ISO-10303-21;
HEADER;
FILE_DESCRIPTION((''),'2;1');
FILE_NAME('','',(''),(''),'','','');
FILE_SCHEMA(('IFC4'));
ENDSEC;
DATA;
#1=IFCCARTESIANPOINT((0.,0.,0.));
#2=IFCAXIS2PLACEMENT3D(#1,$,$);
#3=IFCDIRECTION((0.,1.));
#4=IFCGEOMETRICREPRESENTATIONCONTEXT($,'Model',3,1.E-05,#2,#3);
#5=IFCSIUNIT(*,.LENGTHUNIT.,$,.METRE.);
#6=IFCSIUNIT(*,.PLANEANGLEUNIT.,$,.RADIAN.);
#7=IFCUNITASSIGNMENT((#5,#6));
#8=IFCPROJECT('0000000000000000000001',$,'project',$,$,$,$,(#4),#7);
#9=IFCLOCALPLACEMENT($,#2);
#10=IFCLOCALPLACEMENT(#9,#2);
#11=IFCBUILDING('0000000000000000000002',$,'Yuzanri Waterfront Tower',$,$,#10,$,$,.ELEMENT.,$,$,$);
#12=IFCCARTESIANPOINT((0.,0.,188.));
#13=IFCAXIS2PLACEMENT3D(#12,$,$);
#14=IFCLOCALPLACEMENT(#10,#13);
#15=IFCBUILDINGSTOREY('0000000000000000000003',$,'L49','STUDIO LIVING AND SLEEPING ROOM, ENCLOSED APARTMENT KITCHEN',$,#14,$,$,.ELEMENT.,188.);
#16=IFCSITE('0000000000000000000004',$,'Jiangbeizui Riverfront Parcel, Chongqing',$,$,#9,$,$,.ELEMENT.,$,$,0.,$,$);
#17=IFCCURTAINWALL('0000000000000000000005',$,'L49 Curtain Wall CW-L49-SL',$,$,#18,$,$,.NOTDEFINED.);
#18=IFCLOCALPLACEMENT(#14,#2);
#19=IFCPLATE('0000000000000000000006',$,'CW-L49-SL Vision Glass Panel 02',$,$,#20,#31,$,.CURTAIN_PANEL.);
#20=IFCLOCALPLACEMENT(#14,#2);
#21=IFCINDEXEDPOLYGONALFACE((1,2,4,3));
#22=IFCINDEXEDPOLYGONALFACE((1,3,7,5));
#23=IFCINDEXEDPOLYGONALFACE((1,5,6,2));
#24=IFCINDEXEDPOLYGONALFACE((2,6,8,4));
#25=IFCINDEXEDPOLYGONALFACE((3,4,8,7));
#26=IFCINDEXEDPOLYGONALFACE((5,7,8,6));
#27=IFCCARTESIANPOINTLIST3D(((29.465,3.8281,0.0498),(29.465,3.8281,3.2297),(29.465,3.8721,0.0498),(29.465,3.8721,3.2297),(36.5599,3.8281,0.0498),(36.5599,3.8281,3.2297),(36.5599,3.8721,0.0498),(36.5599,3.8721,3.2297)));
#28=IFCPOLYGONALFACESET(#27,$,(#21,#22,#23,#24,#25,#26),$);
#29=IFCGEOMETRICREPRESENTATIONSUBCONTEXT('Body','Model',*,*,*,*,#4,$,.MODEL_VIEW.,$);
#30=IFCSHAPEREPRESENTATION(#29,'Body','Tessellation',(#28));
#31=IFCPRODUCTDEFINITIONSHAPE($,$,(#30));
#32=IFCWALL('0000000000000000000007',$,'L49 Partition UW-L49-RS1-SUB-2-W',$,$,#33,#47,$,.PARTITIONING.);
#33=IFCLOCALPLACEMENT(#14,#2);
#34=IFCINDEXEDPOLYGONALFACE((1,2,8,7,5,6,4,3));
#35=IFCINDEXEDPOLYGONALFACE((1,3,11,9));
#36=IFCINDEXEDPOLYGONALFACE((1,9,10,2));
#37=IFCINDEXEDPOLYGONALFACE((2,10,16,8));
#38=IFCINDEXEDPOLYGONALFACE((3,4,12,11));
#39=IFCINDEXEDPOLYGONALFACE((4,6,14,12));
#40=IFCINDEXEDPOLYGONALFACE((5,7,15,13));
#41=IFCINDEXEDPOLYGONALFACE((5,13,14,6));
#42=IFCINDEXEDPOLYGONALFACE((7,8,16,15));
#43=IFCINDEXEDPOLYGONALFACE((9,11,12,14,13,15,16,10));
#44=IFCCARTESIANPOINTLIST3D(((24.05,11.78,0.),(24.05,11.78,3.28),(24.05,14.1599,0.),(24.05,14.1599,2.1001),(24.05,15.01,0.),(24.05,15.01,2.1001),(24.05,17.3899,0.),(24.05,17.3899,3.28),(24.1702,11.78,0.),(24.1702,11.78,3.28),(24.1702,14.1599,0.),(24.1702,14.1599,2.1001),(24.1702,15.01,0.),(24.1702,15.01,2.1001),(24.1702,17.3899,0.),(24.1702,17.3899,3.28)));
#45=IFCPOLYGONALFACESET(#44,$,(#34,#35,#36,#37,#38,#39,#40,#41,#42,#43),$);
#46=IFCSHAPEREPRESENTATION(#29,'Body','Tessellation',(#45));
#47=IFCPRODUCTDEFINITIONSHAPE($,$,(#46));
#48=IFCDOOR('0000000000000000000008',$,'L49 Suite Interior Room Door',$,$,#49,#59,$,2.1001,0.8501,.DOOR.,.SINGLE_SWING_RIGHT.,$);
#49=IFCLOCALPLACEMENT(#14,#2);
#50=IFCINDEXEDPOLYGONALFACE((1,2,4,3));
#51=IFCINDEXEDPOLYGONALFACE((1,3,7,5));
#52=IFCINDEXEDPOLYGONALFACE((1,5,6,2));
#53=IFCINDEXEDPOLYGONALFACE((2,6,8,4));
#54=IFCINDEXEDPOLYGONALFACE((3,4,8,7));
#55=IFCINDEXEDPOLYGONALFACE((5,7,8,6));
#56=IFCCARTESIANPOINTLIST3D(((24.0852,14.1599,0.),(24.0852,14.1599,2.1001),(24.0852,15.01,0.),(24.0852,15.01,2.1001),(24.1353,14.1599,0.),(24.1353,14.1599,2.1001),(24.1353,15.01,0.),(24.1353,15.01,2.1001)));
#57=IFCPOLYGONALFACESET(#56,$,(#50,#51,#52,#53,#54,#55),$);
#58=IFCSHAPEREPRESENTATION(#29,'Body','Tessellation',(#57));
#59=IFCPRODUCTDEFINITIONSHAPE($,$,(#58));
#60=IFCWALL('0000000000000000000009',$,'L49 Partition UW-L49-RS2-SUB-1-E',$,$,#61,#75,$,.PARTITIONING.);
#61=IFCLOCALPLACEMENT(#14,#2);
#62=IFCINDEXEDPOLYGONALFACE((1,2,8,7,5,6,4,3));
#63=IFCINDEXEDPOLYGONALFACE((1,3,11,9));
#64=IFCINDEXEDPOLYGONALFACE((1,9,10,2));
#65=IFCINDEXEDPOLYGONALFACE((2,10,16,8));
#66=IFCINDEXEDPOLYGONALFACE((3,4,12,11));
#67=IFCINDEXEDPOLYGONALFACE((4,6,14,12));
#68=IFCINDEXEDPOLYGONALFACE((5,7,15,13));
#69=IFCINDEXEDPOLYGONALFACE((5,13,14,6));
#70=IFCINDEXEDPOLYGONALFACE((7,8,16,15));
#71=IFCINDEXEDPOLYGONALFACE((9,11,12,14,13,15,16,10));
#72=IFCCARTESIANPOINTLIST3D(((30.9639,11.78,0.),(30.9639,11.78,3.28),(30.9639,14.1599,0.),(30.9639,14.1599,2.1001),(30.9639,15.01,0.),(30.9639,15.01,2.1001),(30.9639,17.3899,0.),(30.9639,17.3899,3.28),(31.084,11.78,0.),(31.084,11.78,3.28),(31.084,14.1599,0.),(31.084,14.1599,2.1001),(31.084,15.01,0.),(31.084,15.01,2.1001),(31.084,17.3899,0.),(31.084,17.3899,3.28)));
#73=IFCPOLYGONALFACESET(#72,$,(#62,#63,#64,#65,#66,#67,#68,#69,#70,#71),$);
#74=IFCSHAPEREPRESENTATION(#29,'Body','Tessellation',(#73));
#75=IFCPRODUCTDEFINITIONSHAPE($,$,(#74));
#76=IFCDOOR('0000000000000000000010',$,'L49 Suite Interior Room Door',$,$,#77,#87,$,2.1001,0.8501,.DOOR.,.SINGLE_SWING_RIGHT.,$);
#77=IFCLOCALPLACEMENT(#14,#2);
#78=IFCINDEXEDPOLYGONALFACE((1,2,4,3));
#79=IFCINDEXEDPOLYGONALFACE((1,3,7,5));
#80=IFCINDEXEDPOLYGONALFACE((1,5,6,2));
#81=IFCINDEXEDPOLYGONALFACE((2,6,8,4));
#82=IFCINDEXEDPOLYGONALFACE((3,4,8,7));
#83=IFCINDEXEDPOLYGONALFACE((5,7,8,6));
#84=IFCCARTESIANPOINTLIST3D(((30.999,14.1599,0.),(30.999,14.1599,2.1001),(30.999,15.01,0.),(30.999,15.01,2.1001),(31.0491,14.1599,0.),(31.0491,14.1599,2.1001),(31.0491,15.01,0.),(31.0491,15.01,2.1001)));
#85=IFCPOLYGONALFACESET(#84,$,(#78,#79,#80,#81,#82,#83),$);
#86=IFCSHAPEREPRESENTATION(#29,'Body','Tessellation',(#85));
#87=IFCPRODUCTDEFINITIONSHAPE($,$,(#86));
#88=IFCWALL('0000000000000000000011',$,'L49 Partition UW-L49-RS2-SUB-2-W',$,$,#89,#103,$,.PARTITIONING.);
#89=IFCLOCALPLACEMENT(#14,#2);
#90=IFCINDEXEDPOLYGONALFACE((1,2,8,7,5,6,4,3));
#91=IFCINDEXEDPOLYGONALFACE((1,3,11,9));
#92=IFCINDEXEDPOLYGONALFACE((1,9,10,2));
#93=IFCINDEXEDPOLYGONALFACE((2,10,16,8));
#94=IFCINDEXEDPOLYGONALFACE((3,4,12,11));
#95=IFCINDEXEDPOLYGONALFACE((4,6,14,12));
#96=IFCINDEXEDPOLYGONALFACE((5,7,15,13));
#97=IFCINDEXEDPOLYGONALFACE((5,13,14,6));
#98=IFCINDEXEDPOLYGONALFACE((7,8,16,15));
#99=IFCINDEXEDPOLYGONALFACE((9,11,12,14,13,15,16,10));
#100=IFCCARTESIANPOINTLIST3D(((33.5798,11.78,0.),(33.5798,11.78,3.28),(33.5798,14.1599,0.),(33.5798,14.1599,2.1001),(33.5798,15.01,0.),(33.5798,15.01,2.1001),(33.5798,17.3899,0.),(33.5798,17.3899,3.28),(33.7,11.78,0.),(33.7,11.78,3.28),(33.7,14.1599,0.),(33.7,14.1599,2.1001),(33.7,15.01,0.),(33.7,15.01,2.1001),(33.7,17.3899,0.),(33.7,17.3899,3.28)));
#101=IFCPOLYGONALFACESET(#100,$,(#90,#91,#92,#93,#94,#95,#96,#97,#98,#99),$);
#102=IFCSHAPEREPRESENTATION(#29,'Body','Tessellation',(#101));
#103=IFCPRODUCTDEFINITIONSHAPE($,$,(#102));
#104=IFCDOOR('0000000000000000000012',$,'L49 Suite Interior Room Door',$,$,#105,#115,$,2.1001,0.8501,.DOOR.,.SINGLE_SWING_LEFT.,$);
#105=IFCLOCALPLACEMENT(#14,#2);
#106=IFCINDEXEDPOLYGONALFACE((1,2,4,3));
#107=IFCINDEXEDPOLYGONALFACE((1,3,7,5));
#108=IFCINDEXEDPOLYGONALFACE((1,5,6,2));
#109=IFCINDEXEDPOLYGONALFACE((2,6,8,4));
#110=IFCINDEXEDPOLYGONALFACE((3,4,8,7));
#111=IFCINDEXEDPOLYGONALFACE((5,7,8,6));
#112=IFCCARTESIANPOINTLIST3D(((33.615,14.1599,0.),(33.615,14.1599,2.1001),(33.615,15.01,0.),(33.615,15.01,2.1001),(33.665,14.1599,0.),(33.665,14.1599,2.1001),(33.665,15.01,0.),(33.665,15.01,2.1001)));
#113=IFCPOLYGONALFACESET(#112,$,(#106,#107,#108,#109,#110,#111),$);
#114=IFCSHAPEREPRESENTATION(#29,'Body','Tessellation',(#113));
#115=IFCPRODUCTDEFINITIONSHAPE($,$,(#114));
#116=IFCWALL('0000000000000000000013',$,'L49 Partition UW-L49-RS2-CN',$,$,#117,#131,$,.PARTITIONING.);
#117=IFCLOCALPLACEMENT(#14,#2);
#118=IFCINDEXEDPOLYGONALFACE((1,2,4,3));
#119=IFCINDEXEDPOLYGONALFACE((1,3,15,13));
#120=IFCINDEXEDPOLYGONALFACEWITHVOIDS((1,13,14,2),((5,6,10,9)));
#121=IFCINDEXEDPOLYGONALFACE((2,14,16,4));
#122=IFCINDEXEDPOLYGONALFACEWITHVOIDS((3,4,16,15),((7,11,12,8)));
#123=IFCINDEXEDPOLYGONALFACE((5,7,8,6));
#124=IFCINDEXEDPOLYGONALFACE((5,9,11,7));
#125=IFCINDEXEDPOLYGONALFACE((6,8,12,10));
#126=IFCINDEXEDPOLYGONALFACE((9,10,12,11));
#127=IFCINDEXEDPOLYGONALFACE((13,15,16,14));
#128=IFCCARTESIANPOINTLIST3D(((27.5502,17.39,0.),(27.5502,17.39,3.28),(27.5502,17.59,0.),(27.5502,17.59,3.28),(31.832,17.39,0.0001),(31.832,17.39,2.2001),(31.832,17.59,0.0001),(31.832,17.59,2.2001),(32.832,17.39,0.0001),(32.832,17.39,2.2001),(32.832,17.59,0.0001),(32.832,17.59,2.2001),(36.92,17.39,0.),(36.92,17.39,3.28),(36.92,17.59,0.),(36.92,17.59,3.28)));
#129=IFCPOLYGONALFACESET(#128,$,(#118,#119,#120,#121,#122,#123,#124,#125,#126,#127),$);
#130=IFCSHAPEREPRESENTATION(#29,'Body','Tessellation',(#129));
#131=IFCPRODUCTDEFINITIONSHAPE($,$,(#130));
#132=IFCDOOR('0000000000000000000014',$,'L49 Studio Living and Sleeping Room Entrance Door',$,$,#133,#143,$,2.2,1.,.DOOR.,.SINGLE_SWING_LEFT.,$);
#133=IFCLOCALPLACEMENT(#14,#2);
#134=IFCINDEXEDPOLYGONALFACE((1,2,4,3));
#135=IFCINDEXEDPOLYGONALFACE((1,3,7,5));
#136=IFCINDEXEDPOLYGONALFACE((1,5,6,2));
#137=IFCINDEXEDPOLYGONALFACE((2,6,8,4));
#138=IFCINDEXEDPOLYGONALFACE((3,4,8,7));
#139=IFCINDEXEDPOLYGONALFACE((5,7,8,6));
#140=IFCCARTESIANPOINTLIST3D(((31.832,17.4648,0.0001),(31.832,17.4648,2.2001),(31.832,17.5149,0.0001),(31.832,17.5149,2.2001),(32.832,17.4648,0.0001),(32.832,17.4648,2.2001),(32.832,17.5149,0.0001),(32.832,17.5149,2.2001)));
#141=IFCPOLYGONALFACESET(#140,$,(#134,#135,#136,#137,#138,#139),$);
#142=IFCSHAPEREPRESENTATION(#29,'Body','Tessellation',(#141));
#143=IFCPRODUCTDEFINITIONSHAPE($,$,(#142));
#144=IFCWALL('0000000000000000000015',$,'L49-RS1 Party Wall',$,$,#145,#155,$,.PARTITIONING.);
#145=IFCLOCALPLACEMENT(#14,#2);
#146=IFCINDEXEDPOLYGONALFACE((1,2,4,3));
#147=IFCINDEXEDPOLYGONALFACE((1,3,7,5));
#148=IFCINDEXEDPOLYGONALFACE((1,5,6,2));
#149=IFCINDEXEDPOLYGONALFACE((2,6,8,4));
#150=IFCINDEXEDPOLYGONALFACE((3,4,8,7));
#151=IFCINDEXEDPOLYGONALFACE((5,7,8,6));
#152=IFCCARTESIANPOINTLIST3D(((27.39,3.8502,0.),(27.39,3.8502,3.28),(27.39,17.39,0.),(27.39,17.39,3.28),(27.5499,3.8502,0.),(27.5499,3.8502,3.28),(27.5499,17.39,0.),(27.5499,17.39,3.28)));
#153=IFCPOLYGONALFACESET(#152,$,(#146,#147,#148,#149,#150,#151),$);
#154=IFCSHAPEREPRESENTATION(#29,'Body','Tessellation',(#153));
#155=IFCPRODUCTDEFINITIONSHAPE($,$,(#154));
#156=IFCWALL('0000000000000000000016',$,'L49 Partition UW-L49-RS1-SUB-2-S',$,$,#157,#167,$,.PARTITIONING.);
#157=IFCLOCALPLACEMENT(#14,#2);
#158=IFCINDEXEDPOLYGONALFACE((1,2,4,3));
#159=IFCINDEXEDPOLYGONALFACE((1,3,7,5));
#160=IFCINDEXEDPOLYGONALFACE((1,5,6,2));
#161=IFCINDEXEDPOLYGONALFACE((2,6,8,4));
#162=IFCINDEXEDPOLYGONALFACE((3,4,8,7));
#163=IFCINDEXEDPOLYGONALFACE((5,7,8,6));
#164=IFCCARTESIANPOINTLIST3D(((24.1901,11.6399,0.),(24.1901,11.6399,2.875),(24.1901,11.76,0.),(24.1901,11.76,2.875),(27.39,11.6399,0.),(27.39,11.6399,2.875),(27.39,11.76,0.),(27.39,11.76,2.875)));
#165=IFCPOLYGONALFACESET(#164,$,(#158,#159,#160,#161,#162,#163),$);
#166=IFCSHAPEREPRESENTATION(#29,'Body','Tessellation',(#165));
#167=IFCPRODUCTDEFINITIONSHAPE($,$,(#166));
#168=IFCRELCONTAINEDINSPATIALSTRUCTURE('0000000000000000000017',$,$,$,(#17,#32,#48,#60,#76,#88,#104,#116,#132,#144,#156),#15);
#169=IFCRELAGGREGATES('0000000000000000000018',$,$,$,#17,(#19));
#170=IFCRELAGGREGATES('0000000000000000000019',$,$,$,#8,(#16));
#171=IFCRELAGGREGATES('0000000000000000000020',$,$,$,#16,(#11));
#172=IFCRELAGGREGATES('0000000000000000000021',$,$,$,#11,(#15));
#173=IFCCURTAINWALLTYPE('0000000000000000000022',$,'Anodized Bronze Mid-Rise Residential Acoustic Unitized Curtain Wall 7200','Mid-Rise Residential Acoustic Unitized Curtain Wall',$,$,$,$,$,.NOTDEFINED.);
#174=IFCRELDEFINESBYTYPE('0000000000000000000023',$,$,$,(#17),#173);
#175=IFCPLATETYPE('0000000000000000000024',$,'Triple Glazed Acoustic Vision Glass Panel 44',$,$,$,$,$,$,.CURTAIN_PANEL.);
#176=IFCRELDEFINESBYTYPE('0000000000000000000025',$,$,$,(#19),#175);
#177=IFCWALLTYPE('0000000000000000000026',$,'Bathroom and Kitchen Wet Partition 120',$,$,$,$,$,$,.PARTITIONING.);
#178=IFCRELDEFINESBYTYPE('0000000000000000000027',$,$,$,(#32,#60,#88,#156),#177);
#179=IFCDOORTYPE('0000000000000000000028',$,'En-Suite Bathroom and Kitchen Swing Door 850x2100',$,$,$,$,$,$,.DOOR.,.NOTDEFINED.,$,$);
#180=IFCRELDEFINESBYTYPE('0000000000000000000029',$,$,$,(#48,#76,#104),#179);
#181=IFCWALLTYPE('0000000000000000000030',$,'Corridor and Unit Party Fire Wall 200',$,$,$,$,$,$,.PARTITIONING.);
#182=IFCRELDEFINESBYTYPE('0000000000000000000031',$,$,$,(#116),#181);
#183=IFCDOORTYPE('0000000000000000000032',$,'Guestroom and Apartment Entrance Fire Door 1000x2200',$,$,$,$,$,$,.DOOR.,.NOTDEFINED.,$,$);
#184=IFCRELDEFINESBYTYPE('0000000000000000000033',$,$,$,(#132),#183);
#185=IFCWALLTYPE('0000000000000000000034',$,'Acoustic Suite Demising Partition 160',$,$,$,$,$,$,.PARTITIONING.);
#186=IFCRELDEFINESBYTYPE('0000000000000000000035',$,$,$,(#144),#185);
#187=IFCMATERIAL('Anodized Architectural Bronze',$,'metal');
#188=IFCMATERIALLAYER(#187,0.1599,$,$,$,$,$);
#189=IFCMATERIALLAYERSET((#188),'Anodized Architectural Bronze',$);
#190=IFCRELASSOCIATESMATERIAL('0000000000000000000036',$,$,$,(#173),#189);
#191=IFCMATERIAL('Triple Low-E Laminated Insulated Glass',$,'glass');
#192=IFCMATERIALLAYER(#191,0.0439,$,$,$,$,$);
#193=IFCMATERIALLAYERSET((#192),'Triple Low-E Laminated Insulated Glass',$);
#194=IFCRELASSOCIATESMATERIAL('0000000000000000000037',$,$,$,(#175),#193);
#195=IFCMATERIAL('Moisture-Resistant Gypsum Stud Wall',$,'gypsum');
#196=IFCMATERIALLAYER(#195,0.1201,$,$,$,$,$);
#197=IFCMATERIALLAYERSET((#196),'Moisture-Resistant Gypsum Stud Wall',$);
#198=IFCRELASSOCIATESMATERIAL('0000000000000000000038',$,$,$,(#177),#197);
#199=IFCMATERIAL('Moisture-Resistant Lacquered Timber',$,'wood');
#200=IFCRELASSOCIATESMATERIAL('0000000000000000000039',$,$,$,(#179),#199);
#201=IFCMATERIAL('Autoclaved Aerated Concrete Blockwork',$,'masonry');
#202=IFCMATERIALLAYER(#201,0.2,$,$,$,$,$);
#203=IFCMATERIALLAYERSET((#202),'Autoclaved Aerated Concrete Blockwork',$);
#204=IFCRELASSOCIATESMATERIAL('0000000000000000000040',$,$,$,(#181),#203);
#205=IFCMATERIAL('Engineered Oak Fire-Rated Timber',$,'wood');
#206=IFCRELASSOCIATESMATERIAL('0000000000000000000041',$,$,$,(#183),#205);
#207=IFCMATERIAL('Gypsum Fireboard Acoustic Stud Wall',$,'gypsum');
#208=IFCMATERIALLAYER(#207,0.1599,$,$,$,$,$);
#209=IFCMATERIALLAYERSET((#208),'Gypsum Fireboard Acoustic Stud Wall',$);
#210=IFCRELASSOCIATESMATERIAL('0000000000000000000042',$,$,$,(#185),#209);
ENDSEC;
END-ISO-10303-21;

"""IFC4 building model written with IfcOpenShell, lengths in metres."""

from ifc_helpers import new_model, si_unit, direction, frame, frame_2d, origin, origin_2d, place, context, subcontext, project, spatial, rectangle, extrude, source, transform, mapped, material, layer, layer_set, type_object, element, fill, aggregate, save


model = new_model("IFC4")

# Units and contexts
model_context = context("Model", 3, precision=1e-05, world=origin(), true_north=direction((0.0, 1.0)))
body_context = subcontext(model_context, "Body", "Model", "MODEL_VIEW")
ifc_project = project(units=[si_unit("LENGTHUNIT", "METRE"), si_unit("PLANEANGLEUNIT", "RADIAN")], contexts=[model_context])

# Site, building, storey
site_placement = place(None, origin())
site = spatial("IfcSite", under=ifc_project, at=site_placement, Name="Jiangbeizui Riverfront Parcel, Chongqing", CompositionType="ELEMENT", RefElevation=0.0)
building_placement = place(site_placement, origin())
building = spatial("IfcBuilding", under=site, at=building_placement, Name="Yuzanri Waterfront Tower", CompositionType="ELEMENT")
storey_placement = place(building_placement, frame((0.0, 0.0, 188.0)))
storey = spatial("IfcBuildingStorey", under=building, at=storey_placement, Name="L49", Description="STUDIO LIVING AND SLEEPING ROOM, ENCLOSED APARTMENT KITCHEN", CompositionType="ELEMENT", Elevation=188.0)

# Curtain wall, plate
ifc_material_1 = material(Name="Anodized Architectural Bronze", Category="metal")
ifc_layer_1 = layer(ifc_material_1, 0.1599)
ifc_layer_set_1 = layer_set([ifc_layer_1], Name="Anodized Architectural Bronze")
curtain_wall_type = type_object("IfcCurtainWallType", Name="Anodized Bronze Mid-Rise Residential Acoustic Unitized Curtain Wall 7200", Description="Mid-Rise Residential Acoustic Unitized Curtain Wall", PredefinedType="NOTDEFINED", material=ifc_layer_set_1)
curtain_wall_placement = place(storey_placement, origin())
curtain_wall = element("IfcCurtainWall", 1, at=curtain_wall_placement, inside=storey, type_object=curtain_wall_type, Name="L49 Curtain Wall CW-L49-SL", PredefinedType="NOTDEFINED")
ifc_material_2 = material(Name="Triple Low-E Laminated Insulated Glass", Category="glass")
ifc_layer_2 = layer(ifc_material_2, 0.0439)
ifc_layer_set_2 = layer_set([ifc_layer_2], Name="Triple Low-E Laminated Insulated Glass")
plate_type = type_object("IfcPlateType", Name="Triple Glazed Acoustic Vision Glass Panel 44", PredefinedType="CURTAIN_PANEL", material=ifc_layer_set_2)
shared_shape_1 = source(origin(), body_context, "Body", "SweptSolid", [
    extrude(rectangle(XDim=7.095, YDim=0.0439, at=origin_2d()), origin(), (0.0, 0.0, 1.0), 3.1799),
])
plate_1_placement = place(storey_placement, frame((33.0125, 3.8501, 0.0498), z_axis=(0.0, 0.0, 1.0), x_axis=(1.0, 0.0, 0.0)))
plate_1 = element("IfcPlate", 2, at=plate_1_placement, type_object=plate_type, Name="CW-L49-SL Vision Glass Panel 02", PredefinedType="CURTAIN_PANEL", context=body_context, shape_type="MappedRepresentation", body=[
    mapped(shared_shape_1, transform((0.0, 0.0, 0.0), scale=1.0)),
])
aggregate(curtain_wall, [plate_1])

# Walls, openings, doors
ifc_material_3 = material(Name="Moisture-Resistant Gypsum Stud Wall", Category="gypsum")
ifc_layer_3 = layer(ifc_material_3, 0.1201)
ifc_layer_set_3 = layer_set([ifc_layer_3], Name="Moisture-Resistant Gypsum Stud Wall")
wall_type_1 = type_object("IfcWallType", Name="Bathroom and Kitchen Wet Partition 120", PredefinedType="PARTITIONING", material=ifc_layer_set_3)
wall_1_placement = place(storey_placement, frame((24.1101, 11.78, 0.0), z_axis=(0.0, 0.0, 1.0), x_axis=(0.0, 1.0, 0.0)))
wall_1 = element("IfcWall", 3, at=wall_1_placement, inside=storey, type_object=wall_type_1, Name="L49 Partition UW-L49-RS1-SUB-2-W", PredefinedType="PARTITIONING", context=body_context, shape_type="SweptSolid", body=[
    extrude(rectangle(XDim=5.6099, YDim=0.1201, at=frame_2d((2.8049, 0.0))), origin(), (0.0, 0.0, 1.0), 3.28),
])
opening_1_placement = place(wall_1_placement, frame((2.3799, 0.0, 0.0)))
opening_1 = element("IfcOpeningElement", 4, at=opening_1_placement, cuts=wall_1, PredefinedType="OPENING", context=body_context, shape_type="SweptSolid", body=[
    extrude(rectangle(XDim=0.8501, YDim=2.1001, at=frame_2d((0.425, 1.05))), frame((0.0, 0.075, 0.0), z_axis=(0.0, -1.0, 0.0), x_axis=(1.0, 0.0, 0.0)), (0.0, 0.0, 1.0), 0.1499),
])
ifc_material_4 = material(Name="Moisture-Resistant Lacquered Timber", Category="wood")
door_type_1 = type_object("IfcDoorType", Name="En-Suite Bathroom and Kitchen Swing Door 850x2100", OperationType="NOTDEFINED", PredefinedType="DOOR", material=ifc_material_4)
shared_shape_2 = source(origin(), body_context, "Body", "SweptSolid", [
    extrude(rectangle(XDim=0.8501, YDim=2.1001, at=frame_2d((0.425, 1.05))), frame((0.0, 0.0249, 0.0), z_axis=(0.0, -1.0, 0.0), x_axis=(1.0, 0.0, 0.0)), (0.0, 0.0, 1.0), 0.05),
])
door_1_placement = place(opening_1_placement, origin())
door_1 = element("IfcDoor", 5, at=door_1_placement, inside=storey, type_object=door_type_1, Name="L49 Suite Interior Room Door", OperationType="SINGLE_SWING_RIGHT", OverallHeight=2.1001, OverallWidth=0.8501, PredefinedType="DOOR", context=body_context, shape_type="MappedRepresentation", body=[
    mapped(shared_shape_2, transform((0.0, 0.0, 0.0), scale=1.0)),
])
fill(opening_1, door_1)
wall_2_placement = place(storey_placement, frame((31.0239, 11.78, 0.0), z_axis=(0.0, 0.0, 1.0), x_axis=(0.0, 1.0, 0.0)))
wall_2 = element("IfcWall", 6, at=wall_2_placement, inside=storey, type_object=wall_type_1, Name="L49 Partition UW-L49-RS2-SUB-1-E", PredefinedType="PARTITIONING", context=body_context, shape_type="SweptSolid", body=[
    extrude(rectangle(XDim=5.6099, YDim=0.1201, at=frame_2d((2.8049, 0.0))), origin(), (0.0, 0.0, 1.0), 3.28),
])
opening_2_placement = place(wall_2_placement, frame((2.3799, 0.0, 0.0)))
opening_2 = element("IfcOpeningElement", 7, at=opening_2_placement, cuts=wall_2, PredefinedType="OPENING", context=body_context, shape_type="SweptSolid", body=[
    extrude(rectangle(XDim=0.8501, YDim=2.1001, at=frame_2d((0.425, 1.05))), frame((0.0, 0.075, 0.0), z_axis=(0.0, -1.0, 0.0), x_axis=(1.0, 0.0, 0.0)), (0.0, 0.0, 1.0), 0.1499),
])
door_2_placement = place(opening_2_placement, origin())
door_2 = element("IfcDoor", 8, at=door_2_placement, inside=storey, type_object=door_type_1, Name="L49 Suite Interior Room Door", OperationType="SINGLE_SWING_RIGHT", OverallHeight=2.1001, OverallWidth=0.8501, PredefinedType="DOOR", context=body_context, shape_type="MappedRepresentation", body=[
    mapped(shared_shape_2, transform((0.0, 0.0, 0.0), scale=1.0)),
])
fill(opening_2, door_2)
wall_3_placement = place(storey_placement, frame((33.6399, 11.78, 0.0), z_axis=(0.0, 0.0, 1.0), x_axis=(0.0, 1.0, 0.0)))
wall_3 = element("IfcWall", 9, at=wall_3_placement, inside=storey, type_object=wall_type_1, Name="L49 Partition UW-L49-RS2-SUB-2-W", PredefinedType="PARTITIONING", context=body_context, shape_type="SweptSolid", body=[
    extrude(rectangle(XDim=5.6099, YDim=0.1201, at=frame_2d((2.8049, 0.0))), origin(), (0.0, 0.0, 1.0), 3.28),
])
opening_3_placement = place(wall_3_placement, frame((2.3799, 0.0, 0.0)))
opening_3 = element("IfcOpeningElement", 10, at=opening_3_placement, cuts=wall_3, PredefinedType="OPENING", context=body_context, shape_type="SweptSolid", body=[
    extrude(rectangle(XDim=0.8501, YDim=2.1001, at=frame_2d((0.425, 1.05))), frame((0.0, 0.075, 0.0), z_axis=(0.0, -1.0, 0.0), x_axis=(1.0, 0.0, 0.0)), (0.0, 0.0, 1.0), 0.1499),
])
door_3_placement = place(opening_3_placement, origin())
door_3 = element("IfcDoor", 11, at=door_3_placement, inside=storey, type_object=door_type_1, Name="L49 Suite Interior Room Door", OperationType="SINGLE_SWING_LEFT", OverallHeight=2.1001, OverallWidth=0.8501, PredefinedType="DOOR", context=body_context, shape_type="MappedRepresentation", body=[
    mapped(shared_shape_2, transform((0.0, 0.0, 0.0), scale=1.0)),
])
fill(opening_3, door_3)
ifc_material_5 = material(Name="Autoclaved Aerated Concrete Blockwork", Category="masonry")
ifc_layer_4 = layer(ifc_material_5, 0.2)
ifc_layer_set_4 = layer_set([ifc_layer_4], Name="Autoclaved Aerated Concrete Blockwork")
wall_type_2 = type_object("IfcWallType", Name="Corridor and Unit Party Fire Wall 200", PredefinedType="PARTITIONING", material=ifc_layer_set_4)
wall_4_placement = place(storey_placement, frame((27.55, 17.49, 0.0), z_axis=(0.0, 0.0, 1.0), x_axis=(1.0, 0.0, 0.0)))
wall_4 = element("IfcWall", 12, at=wall_4_placement, inside=storey, type_object=wall_type_2, Name="L49 Partition UW-L49-RS2-CN", PredefinedType="PARTITIONING", context=body_context, shape_type="SweptSolid", body=[
    extrude(rectangle(XDim=9.3699, YDim=0.2, at=frame_2d((4.6851, 0.0))), origin(), (0.0, 0.0, 1.0), 3.28),
])
opening_4_placement = place(wall_4_placement, frame((4.282, 0.0, 0.0)))
opening_4 = element("IfcOpeningElement", 13, at=opening_4_placement, cuts=wall_4, PredefinedType="OPENING", context=body_context, shape_type="SweptSolid", body=[
    extrude(rectangle(XDim=1.0, YDim=2.2, at=frame_2d((0.5, 1.1001))), frame((0.0, 0.1147, 0.0), z_axis=(0.0, -1.0, 0.0), x_axis=(1.0, 0.0, 0.0)), (0.0, 0.0, 1.0), 0.2297),
])
ifc_material_6 = material(Name="Engineered Oak Fire-Rated Timber", Category="wood")
door_type_2 = type_object("IfcDoorType", Name="Guestroom and Apartment Entrance Fire Door 1000x2200", OperationType="NOTDEFINED", PredefinedType="DOOR", material=ifc_material_6)
shared_shape_3 = source(origin(), body_context, "Body", "SweptSolid", [
    extrude(rectangle(XDim=1.0, YDim=2.2, at=frame_2d((0.5, 1.1001))), frame((0.0, 0.0249, 0.0), z_axis=(0.0, -1.0, 0.0), x_axis=(1.0, 0.0, 0.0)), (0.0, 0.0, 1.0), 0.05),
])
door_4_placement = place(opening_4_placement, origin())
door_4 = element("IfcDoor", 14, at=door_4_placement, inside=storey, type_object=door_type_2, Name="L49 Studio Living and Sleeping Room Entrance Door", OperationType="SINGLE_SWING_LEFT", OverallHeight=2.2, OverallWidth=1.0, PredefinedType="DOOR", context=body_context, shape_type="MappedRepresentation", body=[
    mapped(shared_shape_3, transform((0.0, 0.0, 0.0), scale=1.0)),
])
fill(opening_4, door_4)

# Walls
ifc_material_7 = material(Name="Gypsum Fireboard Acoustic Stud Wall", Category="gypsum")
ifc_layer_5 = layer(ifc_material_7, 0.1599)
ifc_layer_set_5 = layer_set([ifc_layer_5], Name="Gypsum Fireboard Acoustic Stud Wall")
wall_type_3 = type_object("IfcWallType", Name="Acoustic Suite Demising Partition 160", PredefinedType="PARTITIONING", material=ifc_layer_set_5)
shared_shape_4 = source(origin(), body_context, "Body", "SweptSolid", [
    extrude(rectangle(XDim=13.5398, YDim=0.1599, at=frame_2d((6.77, 0.0))), origin(), (0.0, 0.0, 1.0), 3.28),
])
wall_5_placement = place(storey_placement, frame((27.47, 3.8501, 0.0), z_axis=(0.0, 0.0, 1.0), x_axis=(0.0, 1.0, 0.0)))
element("IfcWall", 15, at=wall_5_placement, inside=storey, type_object=wall_type_3, Name="L49-RS1 Party Wall", PredefinedType="PARTITIONING", context=body_context, shape_type="MappedRepresentation", body=[
    mapped(shared_shape_4, transform((0.0, 0.0, 0.0), scale=1.0)),
])
shared_shape_5 = source(origin(), body_context, "Body", "SweptSolid", [
    extrude(rectangle(XDim=3.2, YDim=0.1201, at=frame_2d((1.6001, 0.0))), origin(), (0.0, 0.0, 1.0), 2.875),
])
for number, where, z_axis, x_axis, name in (
    (16, (24.1899, 11.7, 0.0), (0.0, 0.0, 1.0), (1.0, 0.0, 0.0), "L49 Partition UW-L49-RS1-SUB-2-S"),
):
    element("IfcWall", number, at=place(storey_placement, frame(where, z_axis=z_axis, x_axis=x_axis)), inside=storey, type_object=wall_type_1, Name=name, PredefinedType="PARTITIONING", context=body_context, shape_type="MappedRepresentation", body=[
        mapped(shared_shape_5, transform((0.0, 0.0, 0.0), scale=1.0)),
    ])

save(model, "model.ifc")
